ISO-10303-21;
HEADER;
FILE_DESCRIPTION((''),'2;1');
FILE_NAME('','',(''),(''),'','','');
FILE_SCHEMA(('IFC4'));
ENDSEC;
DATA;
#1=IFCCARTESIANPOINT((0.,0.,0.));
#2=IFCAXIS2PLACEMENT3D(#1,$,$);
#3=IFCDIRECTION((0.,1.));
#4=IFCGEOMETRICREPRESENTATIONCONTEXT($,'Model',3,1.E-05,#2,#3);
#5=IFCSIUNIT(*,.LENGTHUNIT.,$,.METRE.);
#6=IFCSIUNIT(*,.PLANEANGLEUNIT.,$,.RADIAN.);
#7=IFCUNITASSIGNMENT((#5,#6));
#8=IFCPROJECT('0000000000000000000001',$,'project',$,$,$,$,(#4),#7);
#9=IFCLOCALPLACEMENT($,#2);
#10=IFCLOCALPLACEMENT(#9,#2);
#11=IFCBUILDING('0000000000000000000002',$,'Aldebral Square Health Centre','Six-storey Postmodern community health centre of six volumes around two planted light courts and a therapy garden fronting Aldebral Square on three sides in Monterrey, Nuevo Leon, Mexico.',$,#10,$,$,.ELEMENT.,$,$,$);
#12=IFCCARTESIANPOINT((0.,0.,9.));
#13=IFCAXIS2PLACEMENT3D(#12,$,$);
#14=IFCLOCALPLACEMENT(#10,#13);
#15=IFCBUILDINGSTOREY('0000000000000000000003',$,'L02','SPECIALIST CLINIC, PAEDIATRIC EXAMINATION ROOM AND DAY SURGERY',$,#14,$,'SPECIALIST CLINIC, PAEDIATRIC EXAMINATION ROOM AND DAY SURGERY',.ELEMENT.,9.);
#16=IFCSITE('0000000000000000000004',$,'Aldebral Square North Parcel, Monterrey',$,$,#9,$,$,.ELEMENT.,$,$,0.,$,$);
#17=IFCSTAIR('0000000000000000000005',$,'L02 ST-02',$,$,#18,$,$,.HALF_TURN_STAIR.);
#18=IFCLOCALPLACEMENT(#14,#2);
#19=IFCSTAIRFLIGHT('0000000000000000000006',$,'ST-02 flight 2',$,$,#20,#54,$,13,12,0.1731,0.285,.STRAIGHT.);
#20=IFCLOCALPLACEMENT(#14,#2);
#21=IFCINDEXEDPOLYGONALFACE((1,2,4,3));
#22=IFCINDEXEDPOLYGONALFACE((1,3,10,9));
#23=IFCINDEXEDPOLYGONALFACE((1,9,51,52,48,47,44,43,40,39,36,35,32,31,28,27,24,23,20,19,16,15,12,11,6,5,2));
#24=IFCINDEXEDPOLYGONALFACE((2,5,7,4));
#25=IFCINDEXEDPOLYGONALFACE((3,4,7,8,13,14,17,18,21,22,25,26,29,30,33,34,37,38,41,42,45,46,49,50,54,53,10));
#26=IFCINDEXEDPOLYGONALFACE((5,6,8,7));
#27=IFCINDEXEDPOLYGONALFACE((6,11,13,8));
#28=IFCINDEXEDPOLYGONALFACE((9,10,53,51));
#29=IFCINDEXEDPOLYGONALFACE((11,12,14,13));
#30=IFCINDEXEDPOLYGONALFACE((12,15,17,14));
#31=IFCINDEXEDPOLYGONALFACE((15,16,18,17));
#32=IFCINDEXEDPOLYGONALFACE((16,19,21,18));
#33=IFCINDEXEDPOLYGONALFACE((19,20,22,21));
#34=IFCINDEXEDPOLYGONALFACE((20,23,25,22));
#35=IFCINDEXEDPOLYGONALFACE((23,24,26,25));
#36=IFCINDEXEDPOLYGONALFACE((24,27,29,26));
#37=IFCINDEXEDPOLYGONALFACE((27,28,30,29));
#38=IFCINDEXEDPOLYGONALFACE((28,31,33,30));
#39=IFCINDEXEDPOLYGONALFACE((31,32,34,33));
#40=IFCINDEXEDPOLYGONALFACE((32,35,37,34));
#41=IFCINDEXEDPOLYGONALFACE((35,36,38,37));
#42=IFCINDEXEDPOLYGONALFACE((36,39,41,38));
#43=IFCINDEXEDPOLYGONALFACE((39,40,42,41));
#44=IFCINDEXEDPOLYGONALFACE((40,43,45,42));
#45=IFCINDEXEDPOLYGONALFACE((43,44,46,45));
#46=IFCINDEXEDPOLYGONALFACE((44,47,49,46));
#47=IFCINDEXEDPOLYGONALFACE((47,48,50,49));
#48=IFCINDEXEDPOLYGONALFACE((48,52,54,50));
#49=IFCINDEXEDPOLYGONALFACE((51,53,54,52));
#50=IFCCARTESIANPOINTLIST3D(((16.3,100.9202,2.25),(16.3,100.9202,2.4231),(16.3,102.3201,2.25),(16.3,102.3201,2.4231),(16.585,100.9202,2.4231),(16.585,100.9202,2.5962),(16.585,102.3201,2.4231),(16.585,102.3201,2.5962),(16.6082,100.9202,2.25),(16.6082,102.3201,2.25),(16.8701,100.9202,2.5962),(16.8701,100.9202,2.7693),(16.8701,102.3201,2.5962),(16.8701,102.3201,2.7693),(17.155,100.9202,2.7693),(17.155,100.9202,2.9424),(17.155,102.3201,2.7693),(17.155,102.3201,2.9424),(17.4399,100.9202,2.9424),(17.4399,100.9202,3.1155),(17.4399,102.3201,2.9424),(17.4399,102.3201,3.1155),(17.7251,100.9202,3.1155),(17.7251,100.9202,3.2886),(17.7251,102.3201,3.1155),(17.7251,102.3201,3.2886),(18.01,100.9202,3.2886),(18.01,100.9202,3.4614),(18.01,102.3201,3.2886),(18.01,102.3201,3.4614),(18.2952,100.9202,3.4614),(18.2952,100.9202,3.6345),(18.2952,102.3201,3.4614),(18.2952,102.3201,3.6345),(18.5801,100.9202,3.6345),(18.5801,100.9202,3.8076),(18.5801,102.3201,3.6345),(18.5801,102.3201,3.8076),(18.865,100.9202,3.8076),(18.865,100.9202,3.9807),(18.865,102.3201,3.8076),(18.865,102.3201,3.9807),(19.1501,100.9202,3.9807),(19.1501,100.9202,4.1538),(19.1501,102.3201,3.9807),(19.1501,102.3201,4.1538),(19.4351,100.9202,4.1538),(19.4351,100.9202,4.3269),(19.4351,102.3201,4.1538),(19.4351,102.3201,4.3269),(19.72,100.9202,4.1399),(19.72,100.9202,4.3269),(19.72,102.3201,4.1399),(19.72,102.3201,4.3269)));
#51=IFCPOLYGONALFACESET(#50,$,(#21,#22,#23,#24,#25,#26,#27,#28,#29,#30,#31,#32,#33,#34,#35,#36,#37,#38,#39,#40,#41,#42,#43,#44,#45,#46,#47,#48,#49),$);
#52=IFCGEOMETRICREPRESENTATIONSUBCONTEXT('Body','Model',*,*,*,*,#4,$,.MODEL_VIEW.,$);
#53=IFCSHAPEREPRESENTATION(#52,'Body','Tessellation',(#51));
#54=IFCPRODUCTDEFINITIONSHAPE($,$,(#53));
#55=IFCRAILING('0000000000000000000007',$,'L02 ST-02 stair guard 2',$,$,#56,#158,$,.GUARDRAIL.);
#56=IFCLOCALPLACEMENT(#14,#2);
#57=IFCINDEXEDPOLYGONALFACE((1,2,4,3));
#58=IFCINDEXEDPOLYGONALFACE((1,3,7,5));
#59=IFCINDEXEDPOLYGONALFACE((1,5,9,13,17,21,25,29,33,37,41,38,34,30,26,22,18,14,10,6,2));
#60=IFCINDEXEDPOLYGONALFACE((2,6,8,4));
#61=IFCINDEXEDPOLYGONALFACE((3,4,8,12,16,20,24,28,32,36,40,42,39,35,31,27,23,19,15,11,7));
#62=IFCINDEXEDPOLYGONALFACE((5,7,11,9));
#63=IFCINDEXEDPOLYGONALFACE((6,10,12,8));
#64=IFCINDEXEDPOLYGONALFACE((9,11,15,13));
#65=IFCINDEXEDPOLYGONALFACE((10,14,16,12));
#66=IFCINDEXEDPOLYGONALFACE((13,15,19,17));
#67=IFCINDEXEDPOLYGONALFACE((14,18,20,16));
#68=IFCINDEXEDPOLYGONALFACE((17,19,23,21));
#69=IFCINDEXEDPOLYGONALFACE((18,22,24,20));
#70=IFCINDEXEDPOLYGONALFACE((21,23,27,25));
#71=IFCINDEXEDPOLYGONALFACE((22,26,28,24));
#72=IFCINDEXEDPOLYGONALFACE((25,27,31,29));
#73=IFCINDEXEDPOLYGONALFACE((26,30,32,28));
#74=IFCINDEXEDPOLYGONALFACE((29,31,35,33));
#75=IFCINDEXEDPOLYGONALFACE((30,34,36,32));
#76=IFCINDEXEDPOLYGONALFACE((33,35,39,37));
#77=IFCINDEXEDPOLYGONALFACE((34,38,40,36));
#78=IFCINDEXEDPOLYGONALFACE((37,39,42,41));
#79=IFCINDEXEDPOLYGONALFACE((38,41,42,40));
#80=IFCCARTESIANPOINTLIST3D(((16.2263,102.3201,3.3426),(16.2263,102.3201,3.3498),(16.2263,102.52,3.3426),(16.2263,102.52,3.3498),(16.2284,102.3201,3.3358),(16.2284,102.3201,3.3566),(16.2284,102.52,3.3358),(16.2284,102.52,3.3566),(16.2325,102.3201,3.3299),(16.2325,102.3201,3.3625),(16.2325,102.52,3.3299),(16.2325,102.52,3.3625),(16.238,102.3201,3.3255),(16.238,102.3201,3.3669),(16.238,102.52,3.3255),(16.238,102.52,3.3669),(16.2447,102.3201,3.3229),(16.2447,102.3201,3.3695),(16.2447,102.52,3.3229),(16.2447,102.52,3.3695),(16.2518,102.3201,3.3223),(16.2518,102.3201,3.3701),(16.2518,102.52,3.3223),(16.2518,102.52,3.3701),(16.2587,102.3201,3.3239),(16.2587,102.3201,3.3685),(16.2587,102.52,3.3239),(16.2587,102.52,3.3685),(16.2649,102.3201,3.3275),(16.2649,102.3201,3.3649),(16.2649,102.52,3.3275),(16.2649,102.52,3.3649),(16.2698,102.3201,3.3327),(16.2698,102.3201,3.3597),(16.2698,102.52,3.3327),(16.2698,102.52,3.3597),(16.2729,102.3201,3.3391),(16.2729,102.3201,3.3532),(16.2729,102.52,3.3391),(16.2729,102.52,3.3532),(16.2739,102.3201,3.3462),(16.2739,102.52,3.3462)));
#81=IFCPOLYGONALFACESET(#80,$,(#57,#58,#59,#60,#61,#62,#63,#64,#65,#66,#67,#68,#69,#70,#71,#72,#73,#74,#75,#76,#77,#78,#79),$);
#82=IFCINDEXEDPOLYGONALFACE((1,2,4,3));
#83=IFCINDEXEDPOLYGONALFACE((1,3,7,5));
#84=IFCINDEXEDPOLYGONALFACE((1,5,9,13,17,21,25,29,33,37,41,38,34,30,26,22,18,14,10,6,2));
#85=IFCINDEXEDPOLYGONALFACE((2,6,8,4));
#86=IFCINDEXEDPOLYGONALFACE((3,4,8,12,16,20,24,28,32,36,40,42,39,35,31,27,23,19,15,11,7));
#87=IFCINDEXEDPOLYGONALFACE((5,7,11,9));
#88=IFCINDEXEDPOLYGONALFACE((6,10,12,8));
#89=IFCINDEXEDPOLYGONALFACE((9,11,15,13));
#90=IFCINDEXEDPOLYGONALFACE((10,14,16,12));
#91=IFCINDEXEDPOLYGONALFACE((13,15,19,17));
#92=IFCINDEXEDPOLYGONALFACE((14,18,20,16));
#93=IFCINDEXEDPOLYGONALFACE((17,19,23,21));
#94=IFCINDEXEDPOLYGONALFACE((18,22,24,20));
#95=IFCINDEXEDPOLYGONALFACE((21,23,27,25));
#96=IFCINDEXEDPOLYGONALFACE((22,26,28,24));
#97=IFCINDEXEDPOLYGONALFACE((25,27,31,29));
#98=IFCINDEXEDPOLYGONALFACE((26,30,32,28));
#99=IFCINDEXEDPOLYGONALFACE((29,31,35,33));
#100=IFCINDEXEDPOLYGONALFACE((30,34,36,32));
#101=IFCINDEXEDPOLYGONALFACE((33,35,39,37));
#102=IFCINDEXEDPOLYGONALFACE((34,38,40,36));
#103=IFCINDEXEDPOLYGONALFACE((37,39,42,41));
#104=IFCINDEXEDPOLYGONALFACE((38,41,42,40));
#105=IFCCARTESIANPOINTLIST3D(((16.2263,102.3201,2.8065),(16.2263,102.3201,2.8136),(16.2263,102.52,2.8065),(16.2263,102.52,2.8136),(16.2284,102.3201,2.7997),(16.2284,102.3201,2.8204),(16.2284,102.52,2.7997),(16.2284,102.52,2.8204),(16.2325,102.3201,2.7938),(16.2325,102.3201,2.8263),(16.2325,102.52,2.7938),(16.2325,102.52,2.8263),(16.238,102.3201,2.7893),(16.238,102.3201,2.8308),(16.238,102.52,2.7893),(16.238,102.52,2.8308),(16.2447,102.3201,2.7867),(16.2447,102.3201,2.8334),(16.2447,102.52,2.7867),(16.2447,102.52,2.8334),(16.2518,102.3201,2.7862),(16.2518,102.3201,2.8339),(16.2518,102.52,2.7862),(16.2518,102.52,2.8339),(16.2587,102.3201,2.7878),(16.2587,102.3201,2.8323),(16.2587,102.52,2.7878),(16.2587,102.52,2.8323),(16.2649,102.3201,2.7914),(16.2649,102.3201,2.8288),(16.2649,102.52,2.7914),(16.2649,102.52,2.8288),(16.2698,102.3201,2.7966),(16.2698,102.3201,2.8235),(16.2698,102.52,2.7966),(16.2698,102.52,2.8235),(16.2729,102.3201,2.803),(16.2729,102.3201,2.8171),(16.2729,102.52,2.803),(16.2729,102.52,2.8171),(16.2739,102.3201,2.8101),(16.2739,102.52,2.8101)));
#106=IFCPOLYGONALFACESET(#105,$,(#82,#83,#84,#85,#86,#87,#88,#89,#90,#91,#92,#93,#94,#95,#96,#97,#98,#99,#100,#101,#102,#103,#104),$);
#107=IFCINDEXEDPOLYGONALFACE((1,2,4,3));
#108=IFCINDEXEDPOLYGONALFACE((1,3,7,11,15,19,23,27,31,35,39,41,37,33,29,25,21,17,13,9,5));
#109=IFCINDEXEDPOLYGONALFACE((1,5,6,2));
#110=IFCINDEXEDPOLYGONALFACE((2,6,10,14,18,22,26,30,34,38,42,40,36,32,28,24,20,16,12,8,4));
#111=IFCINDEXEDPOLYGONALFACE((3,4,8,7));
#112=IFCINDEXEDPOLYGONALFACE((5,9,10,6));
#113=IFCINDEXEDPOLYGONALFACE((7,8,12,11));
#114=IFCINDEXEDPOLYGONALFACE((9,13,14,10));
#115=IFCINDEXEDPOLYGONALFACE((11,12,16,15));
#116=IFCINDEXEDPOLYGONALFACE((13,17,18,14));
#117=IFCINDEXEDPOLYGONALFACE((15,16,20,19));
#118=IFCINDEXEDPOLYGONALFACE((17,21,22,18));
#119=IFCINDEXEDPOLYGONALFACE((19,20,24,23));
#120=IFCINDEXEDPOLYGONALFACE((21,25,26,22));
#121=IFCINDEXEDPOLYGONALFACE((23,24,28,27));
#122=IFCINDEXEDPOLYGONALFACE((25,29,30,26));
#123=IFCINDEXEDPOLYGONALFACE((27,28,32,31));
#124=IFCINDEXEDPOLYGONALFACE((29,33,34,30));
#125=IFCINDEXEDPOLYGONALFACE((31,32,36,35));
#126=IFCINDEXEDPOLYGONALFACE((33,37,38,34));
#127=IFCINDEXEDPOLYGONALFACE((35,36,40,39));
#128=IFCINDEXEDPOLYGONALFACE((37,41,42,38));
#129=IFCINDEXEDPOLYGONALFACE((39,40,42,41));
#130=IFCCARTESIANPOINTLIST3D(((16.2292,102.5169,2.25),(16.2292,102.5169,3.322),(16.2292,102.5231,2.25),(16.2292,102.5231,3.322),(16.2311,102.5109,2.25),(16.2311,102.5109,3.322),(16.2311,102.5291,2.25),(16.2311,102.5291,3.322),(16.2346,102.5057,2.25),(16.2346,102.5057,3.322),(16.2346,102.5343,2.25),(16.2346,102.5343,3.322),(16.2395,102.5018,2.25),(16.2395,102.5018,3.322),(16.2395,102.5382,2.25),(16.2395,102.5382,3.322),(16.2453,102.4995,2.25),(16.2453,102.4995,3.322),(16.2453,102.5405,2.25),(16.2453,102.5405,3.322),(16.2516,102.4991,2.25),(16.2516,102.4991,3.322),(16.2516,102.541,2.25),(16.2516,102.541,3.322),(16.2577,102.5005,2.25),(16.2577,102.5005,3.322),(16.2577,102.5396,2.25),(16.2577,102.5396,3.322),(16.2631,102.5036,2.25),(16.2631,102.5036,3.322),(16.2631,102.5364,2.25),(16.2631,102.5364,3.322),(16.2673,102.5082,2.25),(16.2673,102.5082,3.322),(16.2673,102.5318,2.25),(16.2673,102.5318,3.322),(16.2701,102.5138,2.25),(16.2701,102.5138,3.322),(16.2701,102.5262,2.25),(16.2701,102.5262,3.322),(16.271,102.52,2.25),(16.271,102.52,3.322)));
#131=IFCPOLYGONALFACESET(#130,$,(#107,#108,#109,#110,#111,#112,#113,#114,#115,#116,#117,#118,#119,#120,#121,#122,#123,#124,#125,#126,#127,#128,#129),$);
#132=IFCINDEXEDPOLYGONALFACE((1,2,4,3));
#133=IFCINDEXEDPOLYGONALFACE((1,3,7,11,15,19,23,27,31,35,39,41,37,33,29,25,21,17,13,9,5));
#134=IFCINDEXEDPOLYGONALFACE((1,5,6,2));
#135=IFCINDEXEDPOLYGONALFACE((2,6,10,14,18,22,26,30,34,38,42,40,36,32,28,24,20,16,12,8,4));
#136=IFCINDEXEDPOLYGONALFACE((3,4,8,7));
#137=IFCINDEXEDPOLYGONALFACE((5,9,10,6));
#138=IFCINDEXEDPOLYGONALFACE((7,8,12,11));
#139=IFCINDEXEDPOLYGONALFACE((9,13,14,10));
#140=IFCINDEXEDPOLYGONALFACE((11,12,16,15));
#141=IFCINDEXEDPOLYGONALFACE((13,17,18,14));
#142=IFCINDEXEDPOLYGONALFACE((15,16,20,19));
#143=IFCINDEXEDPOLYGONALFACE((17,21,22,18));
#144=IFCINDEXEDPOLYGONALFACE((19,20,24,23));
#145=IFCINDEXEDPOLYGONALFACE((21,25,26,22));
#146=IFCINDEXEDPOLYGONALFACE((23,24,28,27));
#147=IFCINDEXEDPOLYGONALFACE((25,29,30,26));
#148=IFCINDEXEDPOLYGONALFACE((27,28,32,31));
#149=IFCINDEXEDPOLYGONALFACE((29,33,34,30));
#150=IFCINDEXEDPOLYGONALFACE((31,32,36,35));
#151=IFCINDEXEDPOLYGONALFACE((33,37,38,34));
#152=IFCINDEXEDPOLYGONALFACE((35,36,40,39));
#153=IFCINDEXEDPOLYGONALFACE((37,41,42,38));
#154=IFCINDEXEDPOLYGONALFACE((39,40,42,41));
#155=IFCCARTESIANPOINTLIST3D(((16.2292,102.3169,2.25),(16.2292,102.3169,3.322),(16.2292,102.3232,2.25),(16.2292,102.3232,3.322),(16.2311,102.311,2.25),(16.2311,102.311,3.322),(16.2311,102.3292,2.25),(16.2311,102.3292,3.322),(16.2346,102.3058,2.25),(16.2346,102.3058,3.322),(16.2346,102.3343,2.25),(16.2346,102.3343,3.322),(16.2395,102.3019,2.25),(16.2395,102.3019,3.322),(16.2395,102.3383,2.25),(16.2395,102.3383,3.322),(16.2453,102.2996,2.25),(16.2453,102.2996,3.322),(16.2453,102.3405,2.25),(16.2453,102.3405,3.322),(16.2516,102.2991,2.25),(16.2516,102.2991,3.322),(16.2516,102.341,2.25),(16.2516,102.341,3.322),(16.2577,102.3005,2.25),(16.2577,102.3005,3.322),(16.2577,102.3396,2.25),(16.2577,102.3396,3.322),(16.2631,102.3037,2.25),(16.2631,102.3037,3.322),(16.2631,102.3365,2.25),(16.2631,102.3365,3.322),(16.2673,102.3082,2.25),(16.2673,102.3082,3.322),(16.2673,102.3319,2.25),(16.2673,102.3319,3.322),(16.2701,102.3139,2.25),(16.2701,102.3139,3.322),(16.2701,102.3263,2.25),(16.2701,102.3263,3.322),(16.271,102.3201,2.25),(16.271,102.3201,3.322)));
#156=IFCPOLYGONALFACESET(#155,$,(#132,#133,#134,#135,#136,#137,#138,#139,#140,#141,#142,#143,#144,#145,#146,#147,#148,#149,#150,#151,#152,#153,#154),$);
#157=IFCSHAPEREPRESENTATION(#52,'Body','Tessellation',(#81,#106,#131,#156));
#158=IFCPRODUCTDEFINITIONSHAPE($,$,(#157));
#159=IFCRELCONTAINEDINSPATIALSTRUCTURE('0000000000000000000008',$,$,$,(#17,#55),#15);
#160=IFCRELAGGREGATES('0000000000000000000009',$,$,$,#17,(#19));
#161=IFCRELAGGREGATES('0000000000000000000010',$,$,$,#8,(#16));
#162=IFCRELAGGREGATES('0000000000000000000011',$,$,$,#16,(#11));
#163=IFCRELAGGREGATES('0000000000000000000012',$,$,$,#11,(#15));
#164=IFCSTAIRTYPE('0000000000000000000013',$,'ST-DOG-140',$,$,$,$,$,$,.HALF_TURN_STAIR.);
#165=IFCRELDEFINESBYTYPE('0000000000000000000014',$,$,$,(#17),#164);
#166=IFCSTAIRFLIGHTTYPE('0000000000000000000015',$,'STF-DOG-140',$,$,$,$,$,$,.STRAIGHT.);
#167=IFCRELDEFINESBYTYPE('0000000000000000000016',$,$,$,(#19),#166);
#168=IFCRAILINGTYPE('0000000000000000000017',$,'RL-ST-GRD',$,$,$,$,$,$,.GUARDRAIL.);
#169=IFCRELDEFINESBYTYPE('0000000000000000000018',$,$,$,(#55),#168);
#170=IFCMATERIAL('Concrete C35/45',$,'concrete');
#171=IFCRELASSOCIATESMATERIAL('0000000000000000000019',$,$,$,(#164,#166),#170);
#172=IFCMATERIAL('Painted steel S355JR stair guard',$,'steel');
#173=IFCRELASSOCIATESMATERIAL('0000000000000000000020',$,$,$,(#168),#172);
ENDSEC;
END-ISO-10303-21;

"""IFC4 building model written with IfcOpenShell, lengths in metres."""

from ifc_helpers import new_model, si_unit, direction, frame, origin, origin_2d, place, context, subcontext, project, spatial, polyline, circle, outline, extrude, material, type_object, element, aggregate, save


model = new_model("IFC4")

# Units and contexts
model_context = context("Model", 3, precision=1e-05, world=origin(), true_north=direction((0.0, 1.0)))
body_context = subcontext(model_context, "Body", "Model", "MODEL_VIEW")
ifc_project = project(units=[si_unit("LENGTHUNIT", "METRE"), si_unit("PLANEANGLEUNIT", "RADIAN")], contexts=[model_context])

# Site, building, storey
site_placement = place(None, origin())
site = spatial("IfcSite", under=ifc_project, at=site_placement, Name="Aldebral Square North Parcel, Monterrey", CompositionType="ELEMENT", RefElevation=0.0)
building_placement = place(site_placement, origin())
building = spatial("IfcBuilding", under=site, at=building_placement, Name="Aldebral Square Health Centre", Description="Six-storey Postmodern community health centre of six volumes around two planted light courts and a therapy garden fronting Aldebral Square on three sides in Monterrey, Nuevo Leon, Mexico.", CompositionType="ELEMENT")
storey_placement = place(building_placement, frame((0.0, 0.0, 9.0)))
storey = spatial("IfcBuildingStorey", under=building, at=storey_placement, Name="L02", Description="SPECIALIST CLINIC, PAEDIATRIC EXAMINATION ROOM AND DAY SURGERY", LongName="SPECIALIST CLINIC, PAEDIATRIC EXAMINATION ROOM AND DAY SURGERY", CompositionType="ELEMENT", Elevation=9.0)

# Stair, stair flight
ifc_material_1 = material(Name="Concrete C35/45", Category="concrete")
stair_type = type_object("IfcStairType", Name="ST-DOG-140", PredefinedType="HALF_TURN_STAIR", material=ifc_material_1)
stair_placement = place(storey_placement, origin())
stair = element("IfcStair", 1, at=stair_placement, inside=storey, type_object=stair_type, Name="L02 ST-02", PredefinedType="HALF_TURN_STAIR")
stair_flight_type = type_object("IfcStairFlightType", Name="STF-DOG-140", PredefinedType="STRAIGHT", material=ifc_material_1)
stair_flight_placement = place(storey_placement, frame((16.3, 101.6201, 2.25), z_axis=(0.0, 0.0, 1.0), x_axis=(1.0, 0.0, 0.0)))
stair_flight = element("IfcStairFlight", 2, at=stair_flight_placement, type_object=stair_flight_type, Name="ST-02 flight 2", NumberOfRisers=13, NumberOfTreads=12, PredefinedType="STRAIGHT", RiserHeight=0.1731, TreadLength=0.285, context=body_context, shape_type="SweptSolid", body=[
    extrude(outline(polyline([(0.0, 0.0), (0.0, 0.1731), (0.2849, 0.1731), (0.2849, 0.3462), (0.5701, 0.3462), (0.5701, 0.5193), (0.855, 0.5193), (0.855, 0.6924), (1.1399, 0.6924), (1.1399, 0.8655), (1.425, 0.8655), (1.425, 1.0386), (1.71, 1.0386), (1.71, 1.2114), (1.9951, 1.2114), (1.9951, 1.3845), (2.28, 1.3845), (2.28, 1.5576), (2.5649, 1.5576), (2.5649, 1.7307), (2.8501, 1.7307), (2.8501, 1.9038), (3.135, 1.9038), (3.135, 2.0769), (3.4199, 2.0769), (3.4199, 2.25), (3.4199, 1.8899), (0.3081, 0.0), (0.0, 0.0)])), frame((0.0, 0.7, 0.0), z_axis=(0.0, -1.0, 0.0), x_axis=(1.0, 0.0, 0.0)), (0.0, 0.0, 1.0), 1.3999),
])
aggregate(stair, [stair_flight])

# Railing
ifc_material_2 = material(Name="Painted steel S355JR stair guard", Category="steel")
railing_type_1 = type_object("IfcRailingType", Name="RL-ST-GRD", PredefinedType="GUARDRAIL", material=ifc_material_2)
railing_1_placement = place(storey_placement, frame((16.25, 102.52, 2.25)))
element("IfcRailing", 3, at=railing_1_placement, inside=storey, type_object=railing_type_1, Name="L02 ST-02 stair guard 2", PredefinedType="GUARDRAIL", context=body_context, shape_type="SweptSolid", body=[
    extrude(circle(Radius=0.0239, at=origin_2d()), frame((0.0, 0.0, 1.0962), z_axis=(0.0, -1.0, 0.0), x_axis=(1.0, 0.0, 0.0)), (0.0, 0.0, 1.0), 0.2),
    extrude(circle(Radius=0.0239, at=origin_2d()), frame((0.0, 0.0, 0.5601), z_axis=(0.0, -1.0, 0.0), x_axis=(1.0, 0.0, 0.0)), (0.0, 0.0, 1.0), 0.2),
    extrude(circle(Radius=0.021, at=origin_2d()), origin(), (0.0, 0.0, 1.0), 1.072),
    extrude(circle(Radius=0.021, at=origin_2d()), frame((0.0, -0.2, 0.0)), (0.0, 0.0, 1.0), 1.072),
])

save(model, "model.ifc")
